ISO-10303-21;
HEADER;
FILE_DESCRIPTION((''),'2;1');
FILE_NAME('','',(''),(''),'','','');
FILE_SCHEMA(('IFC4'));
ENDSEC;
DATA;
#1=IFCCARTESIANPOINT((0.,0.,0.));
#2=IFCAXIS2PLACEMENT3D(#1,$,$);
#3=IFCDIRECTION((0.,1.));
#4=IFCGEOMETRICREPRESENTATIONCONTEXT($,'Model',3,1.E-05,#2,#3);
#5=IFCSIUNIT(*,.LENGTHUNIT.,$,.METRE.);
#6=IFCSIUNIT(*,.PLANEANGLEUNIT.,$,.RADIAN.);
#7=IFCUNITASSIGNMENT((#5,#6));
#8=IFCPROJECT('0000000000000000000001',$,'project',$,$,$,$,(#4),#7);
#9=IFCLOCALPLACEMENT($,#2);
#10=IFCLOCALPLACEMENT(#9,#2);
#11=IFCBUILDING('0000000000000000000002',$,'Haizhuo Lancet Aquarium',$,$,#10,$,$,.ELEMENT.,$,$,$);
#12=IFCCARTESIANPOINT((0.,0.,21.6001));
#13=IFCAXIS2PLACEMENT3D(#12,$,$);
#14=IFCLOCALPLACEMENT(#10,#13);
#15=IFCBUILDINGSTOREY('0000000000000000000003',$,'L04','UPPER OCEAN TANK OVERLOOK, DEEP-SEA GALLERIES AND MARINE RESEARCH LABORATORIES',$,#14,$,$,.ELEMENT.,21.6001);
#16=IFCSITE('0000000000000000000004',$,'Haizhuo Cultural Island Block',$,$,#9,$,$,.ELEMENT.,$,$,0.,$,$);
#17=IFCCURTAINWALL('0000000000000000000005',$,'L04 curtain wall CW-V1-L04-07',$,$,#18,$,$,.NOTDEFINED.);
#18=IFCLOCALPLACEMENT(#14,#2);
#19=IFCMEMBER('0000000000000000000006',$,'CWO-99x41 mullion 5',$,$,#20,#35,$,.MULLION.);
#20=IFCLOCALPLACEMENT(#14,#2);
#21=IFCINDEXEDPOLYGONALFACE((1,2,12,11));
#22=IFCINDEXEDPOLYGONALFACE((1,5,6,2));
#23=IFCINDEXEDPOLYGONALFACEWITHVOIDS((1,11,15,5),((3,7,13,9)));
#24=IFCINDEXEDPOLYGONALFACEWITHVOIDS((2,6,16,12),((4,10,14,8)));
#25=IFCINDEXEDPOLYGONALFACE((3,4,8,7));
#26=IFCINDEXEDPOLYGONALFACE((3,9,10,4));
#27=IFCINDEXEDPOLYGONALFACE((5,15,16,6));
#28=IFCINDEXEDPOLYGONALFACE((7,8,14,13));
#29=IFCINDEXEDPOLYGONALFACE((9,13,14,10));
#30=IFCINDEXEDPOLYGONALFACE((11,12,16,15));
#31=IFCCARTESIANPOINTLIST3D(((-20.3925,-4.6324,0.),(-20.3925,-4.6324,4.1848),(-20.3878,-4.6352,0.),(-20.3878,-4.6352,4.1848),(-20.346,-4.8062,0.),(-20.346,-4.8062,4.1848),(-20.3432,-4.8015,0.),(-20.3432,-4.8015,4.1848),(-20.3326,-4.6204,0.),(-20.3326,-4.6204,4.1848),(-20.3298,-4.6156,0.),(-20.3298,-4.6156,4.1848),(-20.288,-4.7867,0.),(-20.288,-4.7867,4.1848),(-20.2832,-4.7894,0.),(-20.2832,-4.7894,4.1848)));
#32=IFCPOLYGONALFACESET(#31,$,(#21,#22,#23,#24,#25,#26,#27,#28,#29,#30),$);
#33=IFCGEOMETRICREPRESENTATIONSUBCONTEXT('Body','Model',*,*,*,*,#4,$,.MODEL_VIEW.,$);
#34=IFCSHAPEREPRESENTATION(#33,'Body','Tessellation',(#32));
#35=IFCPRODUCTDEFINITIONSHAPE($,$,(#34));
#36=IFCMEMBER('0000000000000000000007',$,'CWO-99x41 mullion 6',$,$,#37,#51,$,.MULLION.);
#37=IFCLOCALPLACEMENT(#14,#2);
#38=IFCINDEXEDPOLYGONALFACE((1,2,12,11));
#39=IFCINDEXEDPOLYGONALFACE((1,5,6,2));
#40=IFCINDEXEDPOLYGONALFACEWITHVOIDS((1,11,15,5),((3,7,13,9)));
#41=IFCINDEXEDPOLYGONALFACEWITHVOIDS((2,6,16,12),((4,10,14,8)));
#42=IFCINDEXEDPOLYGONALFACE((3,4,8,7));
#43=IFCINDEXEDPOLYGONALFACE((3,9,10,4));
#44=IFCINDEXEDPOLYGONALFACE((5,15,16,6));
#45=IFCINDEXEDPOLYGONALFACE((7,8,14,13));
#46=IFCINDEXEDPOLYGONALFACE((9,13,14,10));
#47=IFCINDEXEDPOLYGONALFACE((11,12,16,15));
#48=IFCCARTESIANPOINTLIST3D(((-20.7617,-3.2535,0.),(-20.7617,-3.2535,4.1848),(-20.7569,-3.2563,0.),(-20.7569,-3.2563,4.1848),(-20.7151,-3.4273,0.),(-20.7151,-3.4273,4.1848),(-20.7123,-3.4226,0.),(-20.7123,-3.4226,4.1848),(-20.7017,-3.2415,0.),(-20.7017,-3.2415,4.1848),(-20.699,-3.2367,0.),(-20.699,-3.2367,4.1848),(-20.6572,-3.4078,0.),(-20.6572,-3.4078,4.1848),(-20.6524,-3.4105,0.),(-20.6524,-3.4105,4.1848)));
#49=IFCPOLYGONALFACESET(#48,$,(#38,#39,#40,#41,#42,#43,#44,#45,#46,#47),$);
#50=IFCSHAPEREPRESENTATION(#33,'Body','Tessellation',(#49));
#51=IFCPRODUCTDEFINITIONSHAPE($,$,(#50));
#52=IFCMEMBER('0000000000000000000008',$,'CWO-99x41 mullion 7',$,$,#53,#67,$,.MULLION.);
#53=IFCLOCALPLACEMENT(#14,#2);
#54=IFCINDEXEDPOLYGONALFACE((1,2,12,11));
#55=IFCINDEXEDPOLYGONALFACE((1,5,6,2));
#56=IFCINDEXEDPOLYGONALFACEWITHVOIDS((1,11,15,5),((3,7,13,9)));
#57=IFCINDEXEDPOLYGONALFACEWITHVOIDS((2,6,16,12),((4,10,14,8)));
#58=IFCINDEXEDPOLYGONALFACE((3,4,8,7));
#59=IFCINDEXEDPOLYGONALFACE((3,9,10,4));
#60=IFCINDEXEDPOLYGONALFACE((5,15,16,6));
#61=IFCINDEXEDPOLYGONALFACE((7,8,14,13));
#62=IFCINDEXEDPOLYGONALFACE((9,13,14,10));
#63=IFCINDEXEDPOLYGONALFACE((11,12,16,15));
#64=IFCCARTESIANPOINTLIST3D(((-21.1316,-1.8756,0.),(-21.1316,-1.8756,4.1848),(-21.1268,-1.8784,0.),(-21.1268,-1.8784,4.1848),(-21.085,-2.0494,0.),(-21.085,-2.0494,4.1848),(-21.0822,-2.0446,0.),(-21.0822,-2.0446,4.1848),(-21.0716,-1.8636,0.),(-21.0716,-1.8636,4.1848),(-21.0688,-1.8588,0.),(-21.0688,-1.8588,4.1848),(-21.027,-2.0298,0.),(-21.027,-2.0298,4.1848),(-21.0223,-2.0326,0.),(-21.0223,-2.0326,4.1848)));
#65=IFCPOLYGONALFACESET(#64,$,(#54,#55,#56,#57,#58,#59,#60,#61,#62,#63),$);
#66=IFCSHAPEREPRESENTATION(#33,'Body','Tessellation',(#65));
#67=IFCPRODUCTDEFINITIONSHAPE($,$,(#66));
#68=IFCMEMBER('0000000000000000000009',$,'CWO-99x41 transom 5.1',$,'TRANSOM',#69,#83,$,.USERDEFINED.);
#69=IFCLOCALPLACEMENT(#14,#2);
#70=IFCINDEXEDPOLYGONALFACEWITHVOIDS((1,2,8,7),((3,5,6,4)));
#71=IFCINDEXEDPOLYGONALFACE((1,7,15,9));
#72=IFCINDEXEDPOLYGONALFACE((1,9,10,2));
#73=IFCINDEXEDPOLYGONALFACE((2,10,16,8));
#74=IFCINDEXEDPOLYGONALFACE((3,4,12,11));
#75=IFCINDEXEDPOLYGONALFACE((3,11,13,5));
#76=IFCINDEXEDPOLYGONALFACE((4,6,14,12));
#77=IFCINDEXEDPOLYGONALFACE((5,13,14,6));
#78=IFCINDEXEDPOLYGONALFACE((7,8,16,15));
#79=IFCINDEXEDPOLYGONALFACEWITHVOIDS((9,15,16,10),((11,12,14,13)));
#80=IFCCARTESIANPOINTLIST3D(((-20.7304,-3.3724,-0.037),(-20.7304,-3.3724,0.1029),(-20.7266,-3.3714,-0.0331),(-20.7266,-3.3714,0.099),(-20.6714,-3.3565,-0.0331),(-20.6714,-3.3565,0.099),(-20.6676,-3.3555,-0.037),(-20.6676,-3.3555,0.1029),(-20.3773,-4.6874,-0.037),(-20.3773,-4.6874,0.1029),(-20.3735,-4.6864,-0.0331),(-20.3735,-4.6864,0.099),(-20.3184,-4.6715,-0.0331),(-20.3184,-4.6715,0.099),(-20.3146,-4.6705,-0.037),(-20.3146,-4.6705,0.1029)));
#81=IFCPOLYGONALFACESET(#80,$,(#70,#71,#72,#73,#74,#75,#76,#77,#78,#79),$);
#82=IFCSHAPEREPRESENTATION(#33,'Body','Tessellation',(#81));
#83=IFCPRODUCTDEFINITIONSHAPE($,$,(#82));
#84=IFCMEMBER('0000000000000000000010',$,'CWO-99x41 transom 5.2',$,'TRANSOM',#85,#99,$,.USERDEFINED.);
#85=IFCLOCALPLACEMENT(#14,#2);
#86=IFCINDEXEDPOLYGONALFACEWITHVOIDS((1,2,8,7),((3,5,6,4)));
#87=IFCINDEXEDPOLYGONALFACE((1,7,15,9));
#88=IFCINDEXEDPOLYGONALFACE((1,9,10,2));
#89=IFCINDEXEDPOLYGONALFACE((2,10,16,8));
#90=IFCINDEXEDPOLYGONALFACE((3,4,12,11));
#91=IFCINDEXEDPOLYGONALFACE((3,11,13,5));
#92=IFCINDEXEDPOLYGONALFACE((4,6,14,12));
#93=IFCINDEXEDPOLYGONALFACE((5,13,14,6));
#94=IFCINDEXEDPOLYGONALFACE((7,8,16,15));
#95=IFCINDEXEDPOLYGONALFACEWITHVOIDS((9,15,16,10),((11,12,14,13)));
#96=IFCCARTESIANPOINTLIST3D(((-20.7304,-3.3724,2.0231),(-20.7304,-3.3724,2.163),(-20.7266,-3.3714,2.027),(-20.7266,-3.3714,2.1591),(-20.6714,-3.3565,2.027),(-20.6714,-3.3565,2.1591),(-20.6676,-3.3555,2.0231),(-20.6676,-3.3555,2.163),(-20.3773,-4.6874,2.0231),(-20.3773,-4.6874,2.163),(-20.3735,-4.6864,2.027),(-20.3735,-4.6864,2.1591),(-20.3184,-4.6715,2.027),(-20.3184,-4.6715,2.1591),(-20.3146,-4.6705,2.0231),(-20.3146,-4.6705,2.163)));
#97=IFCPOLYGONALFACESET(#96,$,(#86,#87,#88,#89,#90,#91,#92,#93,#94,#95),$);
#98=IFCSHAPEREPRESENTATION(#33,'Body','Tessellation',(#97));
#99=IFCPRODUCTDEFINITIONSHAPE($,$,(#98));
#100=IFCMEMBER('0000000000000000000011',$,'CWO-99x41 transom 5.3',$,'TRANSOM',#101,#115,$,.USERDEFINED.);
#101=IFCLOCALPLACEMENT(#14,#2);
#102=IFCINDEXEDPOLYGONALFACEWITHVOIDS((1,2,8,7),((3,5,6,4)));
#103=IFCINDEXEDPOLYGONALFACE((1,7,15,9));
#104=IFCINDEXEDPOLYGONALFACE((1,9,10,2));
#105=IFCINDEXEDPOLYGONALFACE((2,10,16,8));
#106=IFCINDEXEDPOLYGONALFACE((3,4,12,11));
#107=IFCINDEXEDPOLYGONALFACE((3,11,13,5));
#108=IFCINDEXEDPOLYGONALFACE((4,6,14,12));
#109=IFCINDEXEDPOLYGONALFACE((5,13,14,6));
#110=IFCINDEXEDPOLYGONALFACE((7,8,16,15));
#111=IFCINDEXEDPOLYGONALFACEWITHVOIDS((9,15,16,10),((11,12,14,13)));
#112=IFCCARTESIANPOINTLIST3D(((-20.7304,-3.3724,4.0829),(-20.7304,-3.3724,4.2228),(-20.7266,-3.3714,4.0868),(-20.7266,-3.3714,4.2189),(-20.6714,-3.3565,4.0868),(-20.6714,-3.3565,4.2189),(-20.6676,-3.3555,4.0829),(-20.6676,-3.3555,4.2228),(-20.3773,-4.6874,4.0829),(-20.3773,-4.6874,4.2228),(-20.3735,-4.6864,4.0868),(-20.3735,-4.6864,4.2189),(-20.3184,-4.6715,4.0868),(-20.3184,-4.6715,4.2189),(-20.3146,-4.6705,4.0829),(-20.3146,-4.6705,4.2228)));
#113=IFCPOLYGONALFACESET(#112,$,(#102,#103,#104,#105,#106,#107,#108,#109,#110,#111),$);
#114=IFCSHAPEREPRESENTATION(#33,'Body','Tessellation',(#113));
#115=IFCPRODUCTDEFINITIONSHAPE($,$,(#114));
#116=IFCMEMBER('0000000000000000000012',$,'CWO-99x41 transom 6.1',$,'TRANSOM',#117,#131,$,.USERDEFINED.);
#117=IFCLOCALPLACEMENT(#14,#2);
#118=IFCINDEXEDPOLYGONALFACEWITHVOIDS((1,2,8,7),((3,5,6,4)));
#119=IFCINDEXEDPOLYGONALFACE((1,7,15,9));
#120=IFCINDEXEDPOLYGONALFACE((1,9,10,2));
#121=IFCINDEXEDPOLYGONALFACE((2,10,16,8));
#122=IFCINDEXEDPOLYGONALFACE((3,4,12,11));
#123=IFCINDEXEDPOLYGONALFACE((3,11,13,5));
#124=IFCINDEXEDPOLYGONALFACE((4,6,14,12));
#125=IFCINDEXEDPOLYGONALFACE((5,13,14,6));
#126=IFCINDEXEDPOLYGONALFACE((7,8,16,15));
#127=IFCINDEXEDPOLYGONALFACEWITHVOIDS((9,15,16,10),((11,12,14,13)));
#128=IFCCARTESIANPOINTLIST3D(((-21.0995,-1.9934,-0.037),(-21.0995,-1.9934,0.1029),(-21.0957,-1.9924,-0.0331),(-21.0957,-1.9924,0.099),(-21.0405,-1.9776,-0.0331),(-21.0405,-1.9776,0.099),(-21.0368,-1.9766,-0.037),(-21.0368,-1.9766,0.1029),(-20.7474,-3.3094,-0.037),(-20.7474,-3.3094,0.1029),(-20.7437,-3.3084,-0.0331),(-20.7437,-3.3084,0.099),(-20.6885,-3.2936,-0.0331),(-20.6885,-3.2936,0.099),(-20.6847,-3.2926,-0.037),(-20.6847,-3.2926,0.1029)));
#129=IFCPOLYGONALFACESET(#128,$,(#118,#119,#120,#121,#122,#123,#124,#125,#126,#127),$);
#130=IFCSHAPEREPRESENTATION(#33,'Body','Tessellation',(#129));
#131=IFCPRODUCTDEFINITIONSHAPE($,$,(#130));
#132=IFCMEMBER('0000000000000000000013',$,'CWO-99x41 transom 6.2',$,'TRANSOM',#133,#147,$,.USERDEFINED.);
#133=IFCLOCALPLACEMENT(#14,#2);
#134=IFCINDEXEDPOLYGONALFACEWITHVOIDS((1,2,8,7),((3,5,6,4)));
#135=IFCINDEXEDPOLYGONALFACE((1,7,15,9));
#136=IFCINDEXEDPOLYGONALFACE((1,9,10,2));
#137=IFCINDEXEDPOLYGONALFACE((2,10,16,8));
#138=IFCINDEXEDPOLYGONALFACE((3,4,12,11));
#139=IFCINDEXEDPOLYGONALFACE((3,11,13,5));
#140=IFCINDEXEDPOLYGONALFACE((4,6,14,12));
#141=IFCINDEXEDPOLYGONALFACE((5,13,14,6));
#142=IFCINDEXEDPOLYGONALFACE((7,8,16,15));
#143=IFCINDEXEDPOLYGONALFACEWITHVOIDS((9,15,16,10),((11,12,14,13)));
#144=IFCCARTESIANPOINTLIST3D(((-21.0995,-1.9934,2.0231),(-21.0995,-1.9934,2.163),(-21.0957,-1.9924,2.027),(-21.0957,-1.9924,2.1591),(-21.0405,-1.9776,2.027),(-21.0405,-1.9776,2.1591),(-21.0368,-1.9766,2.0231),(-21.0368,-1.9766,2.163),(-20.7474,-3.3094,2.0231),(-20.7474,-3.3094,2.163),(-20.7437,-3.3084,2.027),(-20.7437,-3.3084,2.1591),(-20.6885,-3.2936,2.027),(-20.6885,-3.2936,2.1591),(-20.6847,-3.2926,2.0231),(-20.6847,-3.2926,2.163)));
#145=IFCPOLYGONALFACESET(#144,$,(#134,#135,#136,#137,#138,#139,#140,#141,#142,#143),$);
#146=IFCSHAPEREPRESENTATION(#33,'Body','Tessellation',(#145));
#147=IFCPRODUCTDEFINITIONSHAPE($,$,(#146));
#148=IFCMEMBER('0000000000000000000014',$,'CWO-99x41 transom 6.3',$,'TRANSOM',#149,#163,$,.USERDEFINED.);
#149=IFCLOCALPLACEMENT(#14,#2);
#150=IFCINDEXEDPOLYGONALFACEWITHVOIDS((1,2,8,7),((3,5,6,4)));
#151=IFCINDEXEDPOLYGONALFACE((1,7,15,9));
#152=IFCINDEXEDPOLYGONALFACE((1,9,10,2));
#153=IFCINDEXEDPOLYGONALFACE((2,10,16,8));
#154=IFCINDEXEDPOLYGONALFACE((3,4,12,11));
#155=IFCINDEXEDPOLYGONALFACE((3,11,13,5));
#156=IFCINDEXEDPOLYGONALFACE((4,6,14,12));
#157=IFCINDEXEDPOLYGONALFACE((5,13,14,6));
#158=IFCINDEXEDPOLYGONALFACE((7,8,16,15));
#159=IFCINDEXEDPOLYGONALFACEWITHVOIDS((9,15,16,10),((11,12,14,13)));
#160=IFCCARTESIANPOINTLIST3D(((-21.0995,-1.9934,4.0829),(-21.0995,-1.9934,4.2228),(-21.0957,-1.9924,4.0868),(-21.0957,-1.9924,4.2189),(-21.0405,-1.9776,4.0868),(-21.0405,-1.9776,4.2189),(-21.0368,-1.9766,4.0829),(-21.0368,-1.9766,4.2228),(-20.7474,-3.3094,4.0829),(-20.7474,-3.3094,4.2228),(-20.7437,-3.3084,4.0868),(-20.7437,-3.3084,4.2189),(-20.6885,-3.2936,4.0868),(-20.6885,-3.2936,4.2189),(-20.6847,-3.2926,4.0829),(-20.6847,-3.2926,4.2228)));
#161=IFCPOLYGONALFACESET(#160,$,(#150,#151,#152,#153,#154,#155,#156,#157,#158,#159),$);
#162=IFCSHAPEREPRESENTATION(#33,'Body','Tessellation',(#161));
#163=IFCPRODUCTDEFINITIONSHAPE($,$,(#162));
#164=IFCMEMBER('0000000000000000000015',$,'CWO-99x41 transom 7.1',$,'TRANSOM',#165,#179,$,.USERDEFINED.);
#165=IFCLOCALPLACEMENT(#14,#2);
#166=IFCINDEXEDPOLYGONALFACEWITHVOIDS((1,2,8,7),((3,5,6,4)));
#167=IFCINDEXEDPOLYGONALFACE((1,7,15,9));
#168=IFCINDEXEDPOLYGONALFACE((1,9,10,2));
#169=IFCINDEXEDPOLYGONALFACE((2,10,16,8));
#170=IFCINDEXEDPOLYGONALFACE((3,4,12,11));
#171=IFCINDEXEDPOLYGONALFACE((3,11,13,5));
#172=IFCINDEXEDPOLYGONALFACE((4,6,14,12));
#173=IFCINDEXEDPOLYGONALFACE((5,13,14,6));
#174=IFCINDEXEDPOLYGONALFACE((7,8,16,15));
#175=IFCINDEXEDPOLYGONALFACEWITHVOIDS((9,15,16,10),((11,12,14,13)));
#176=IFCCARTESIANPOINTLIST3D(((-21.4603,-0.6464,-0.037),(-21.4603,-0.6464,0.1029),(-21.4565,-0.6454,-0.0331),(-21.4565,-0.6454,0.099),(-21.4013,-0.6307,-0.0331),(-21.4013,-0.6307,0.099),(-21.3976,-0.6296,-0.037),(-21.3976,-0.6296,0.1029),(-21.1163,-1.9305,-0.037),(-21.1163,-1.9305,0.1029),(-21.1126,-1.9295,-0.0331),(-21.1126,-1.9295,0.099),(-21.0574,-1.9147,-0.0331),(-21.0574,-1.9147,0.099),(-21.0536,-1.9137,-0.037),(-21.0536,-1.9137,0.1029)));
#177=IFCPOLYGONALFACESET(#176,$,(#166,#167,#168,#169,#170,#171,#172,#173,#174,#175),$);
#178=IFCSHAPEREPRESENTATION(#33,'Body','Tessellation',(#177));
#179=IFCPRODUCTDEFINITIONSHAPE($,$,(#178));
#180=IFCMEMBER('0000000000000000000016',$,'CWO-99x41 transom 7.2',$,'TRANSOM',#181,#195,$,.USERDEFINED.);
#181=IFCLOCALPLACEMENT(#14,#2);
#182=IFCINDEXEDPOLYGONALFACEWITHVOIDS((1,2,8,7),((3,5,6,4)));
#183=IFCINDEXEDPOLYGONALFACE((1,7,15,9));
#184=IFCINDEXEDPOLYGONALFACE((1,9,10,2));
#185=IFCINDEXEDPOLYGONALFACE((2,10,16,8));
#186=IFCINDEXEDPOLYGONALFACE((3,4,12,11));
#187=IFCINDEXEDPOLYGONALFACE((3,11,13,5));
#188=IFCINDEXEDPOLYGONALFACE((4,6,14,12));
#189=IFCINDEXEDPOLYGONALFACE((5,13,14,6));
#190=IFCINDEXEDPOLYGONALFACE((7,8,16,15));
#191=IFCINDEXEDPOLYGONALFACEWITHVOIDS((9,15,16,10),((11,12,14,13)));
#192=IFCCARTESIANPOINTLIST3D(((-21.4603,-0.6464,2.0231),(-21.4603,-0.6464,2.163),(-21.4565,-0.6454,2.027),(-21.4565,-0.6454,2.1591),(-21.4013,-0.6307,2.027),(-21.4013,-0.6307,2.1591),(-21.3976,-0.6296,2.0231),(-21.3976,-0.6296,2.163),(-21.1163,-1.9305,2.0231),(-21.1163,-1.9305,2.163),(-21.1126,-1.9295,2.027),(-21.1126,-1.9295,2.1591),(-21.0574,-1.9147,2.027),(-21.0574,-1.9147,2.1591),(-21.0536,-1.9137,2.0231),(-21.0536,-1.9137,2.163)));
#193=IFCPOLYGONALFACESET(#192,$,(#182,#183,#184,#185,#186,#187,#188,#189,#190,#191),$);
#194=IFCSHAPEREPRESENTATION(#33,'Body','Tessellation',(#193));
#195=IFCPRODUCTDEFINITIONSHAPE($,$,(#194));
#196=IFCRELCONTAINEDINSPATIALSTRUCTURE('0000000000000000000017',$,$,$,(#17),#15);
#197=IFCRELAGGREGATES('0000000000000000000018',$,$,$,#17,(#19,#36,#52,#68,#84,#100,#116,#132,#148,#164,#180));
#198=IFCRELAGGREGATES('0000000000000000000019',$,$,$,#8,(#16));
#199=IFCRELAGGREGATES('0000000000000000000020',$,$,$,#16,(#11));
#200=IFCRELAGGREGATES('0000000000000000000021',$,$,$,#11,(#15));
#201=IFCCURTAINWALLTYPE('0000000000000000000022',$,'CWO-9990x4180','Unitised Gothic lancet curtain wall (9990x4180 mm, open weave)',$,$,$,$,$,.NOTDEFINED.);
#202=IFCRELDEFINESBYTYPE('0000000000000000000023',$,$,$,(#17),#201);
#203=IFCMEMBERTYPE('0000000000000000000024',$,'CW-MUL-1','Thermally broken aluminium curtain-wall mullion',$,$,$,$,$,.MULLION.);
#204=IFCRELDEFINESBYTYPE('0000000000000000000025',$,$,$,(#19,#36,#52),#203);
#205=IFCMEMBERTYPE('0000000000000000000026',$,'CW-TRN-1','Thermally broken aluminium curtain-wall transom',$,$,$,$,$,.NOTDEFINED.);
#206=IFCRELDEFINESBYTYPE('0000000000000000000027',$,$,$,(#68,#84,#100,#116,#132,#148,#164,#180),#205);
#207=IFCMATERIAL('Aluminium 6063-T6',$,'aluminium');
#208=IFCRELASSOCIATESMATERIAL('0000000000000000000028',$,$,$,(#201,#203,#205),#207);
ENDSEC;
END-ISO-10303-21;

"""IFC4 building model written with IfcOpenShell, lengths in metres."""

from ifc_helpers import new_model, si_unit, direction, frame, origin, origin_2d, place, context, subcontext, project, spatial, hollow_rectangle, extrude, material, material_profile, profile_set, type_object, element, aggregate, save


model = new_model("IFC4")

# Units and contexts
model_context = context("Model", 3, precision=1e-05, world=origin(), true_north=direction((0.0, 1.0)))
body_context = subcontext(model_context, "Body", "Model", "MODEL_VIEW")
ifc_project = project(units=[si_unit("LENGTHUNIT", "METRE"), si_unit("PLANEANGLEUNIT", "RADIAN")], contexts=[model_context])

# Site, building, storey
site_placement = place(None, origin())
site = spatial("IfcSite", under=ifc_project, at=site_placement, Name="Haizhuo Cultural Island Block", CompositionType="ELEMENT", RefElevation=0.0)
building_placement = place(site_placement, origin())
building = spatial("IfcBuilding", under=site, at=building_placement, Name="Haizhuo Lancet Aquarium", CompositionType="ELEMENT")
storey_placement = place(building_placement, frame((0.0, 0.0, 21.6001)))
storey = spatial("IfcBuildingStorey", under=building, at=storey_placement, Name="L04", Description="UPPER OCEAN TANK OVERLOOK, DEEP-SEA GALLERIES AND MARINE RESEARCH LABORATORIES", CompositionType="ELEMENT", Elevation=21.6001)

# Curtain wall, members
ifc_material_1 = material(Name="Aluminium 6063-T6", Category="aluminium")
curtain_wall_type = type_object("IfcCurtainWallType", Name="CWO-9990x4180", Description="Unitised Gothic lancet curtain wall (9990x4180 mm, open weave)", PredefinedType="NOTDEFINED", material=ifc_material_1)
curtain_wall_placement = place(storey_placement, origin())
curtain_wall = element("IfcCurtainWall", 1, at=curtain_wall_placement, inside=storey, type_object=curtain_wall_type, Name="L04 curtain wall CW-V1-L04-07", PredefinedType="NOTDEFINED")
ifc_material_profile_1 = material_profile(ifc_material_1, hollow_rectangle(XDim=0.0649, YDim=0.1799, WallThickness=0.0039, at=origin_2d()), Name="ALU-M 65x180x4")
ifc_profile_set_1 = profile_set([ifc_material_profile_1], Name="Aluminium 6063-T6")
member_type_1 = type_object("IfcMemberType", Name="CW-MUL-1", Description="Thermally broken aluminium curtain-wall mullion", PredefinedType="MULLION", material=ifc_profile_set_1)
member_1_placement = place(storey_placement, frame((-20.3379, -4.7109, 0.0), z_axis=(0.0, 0.0, 1.0), x_axis=(-0.965917, -0.258853, 0.0)))
member_1 = element("IfcMember", 2, at=member_1_placement, type_object=member_type_1, Name="CWO-99x41 mullion 5", PredefinedType="MULLION", context=body_context, shape_type="SweptSolid", body=[
    extrude(hollow_rectangle(XDim=0.0649, YDim=0.1799, WallThickness=0.0039, at=origin_2d()), origin(), (0.0, 0.0, 1.0), 4.1848),
])
member_2_placement = place(storey_placement, frame((-20.707, -3.332, 0.0), z_axis=(0.0, 0.0, 1.0), x_axis=(-0.965917, -0.258853, 0.0)))
member_2 = element("IfcMember", 3, at=member_2_placement, type_object=member_type_1, Name="CWO-99x41 mullion 6", PredefinedType="MULLION", context=body_context, shape_type="SweptSolid", body=[
    extrude(hollow_rectangle(XDim=0.0649, YDim=0.1799, WallThickness=0.0039, at=origin_2d()), origin(), (0.0, 0.0, 1.0), 4.1848),
])
member_3_placement = place(storey_placement, frame((-21.0769, -1.9541, 0.0), z_axis=(0.0, 0.0, 1.0), x_axis=(-0.965917, -0.258853, 0.0)))
member_3 = element("IfcMember", 4, at=member_3_placement, type_object=member_type_1, Name="CWO-99x41 mullion 7", PredefinedType="MULLION", context=body_context, shape_type="SweptSolid", body=[
    extrude(hollow_rectangle(XDim=0.0649, YDim=0.1799, WallThickness=0.0039, at=origin_2d()), origin(), (0.0, 0.0, 1.0), 4.1848),
])
ifc_material_profile_2 = material_profile(ifc_material_1, hollow_rectangle(XDim=0.0649, YDim=0.1399, WallThickness=0.0039, at=origin_2d()), Name="ALU-T 65x140x4")
ifc_profile_set_2 = profile_set([ifc_material_profile_2], Name="Aluminium 6063-T6")
member_type_2 = type_object("IfcMemberType", Name="CW-TRN-1", Description="Thermally broken aluminium curtain-wall transom", PredefinedType="NOTDEFINED", material=ifc_profile_set_2)
member_4_placement = place(storey_placement, frame((-20.3459, -4.679, 0.033), z_axis=(-0.259292, 0.965799, 0.0), x_axis=(-0.965799, -0.259292, 0.0)))
member_4 = element("IfcMember", 5, at=member_4_placement, type_object=member_type_2, Name="CWO-99x41 transom 5.1", ObjectType="TRANSOM", PredefinedType="USERDEFINED", context=body_context, shape_type="SweptSolid", body=[
    extrude(hollow_rectangle(XDim=0.0649, YDim=0.1399, WallThickness=0.0039, at=origin_2d()), origin(), (0.0, 0.0, 1.0), 1.3616),
])
member_5_placement = place(storey_placement, frame((-20.3459, -4.679, 2.093), z_axis=(-0.259292, 0.965799, 0.0), x_axis=(-0.965799, -0.259292, 0.0)))
member_5 = element("IfcMember", 6, at=member_5_placement, type_object=member_type_2, Name="CWO-99x41 transom 5.2", ObjectType="TRANSOM", PredefinedType="USERDEFINED", context=body_context, shape_type="SweptSolid", body=[
    extrude(hollow_rectangle(XDim=0.0649, YDim=0.1399, WallThickness=0.0039, at=origin_2d()), origin(), (0.0, 0.0, 1.0), 1.3616),
])
member_6_placement = place(storey_placement, frame((-20.3459, -4.679, 4.1528), z_axis=(-0.259292, 0.965799, 0.0), x_axis=(-0.965799, -0.259292, 0.0)))
member_6 = element("IfcMember", 7, at=member_6_placement, type_object=member_type_2, Name="CWO-99x41 transom 5.3", ObjectType="TRANSOM", PredefinedType="USERDEFINED", context=body_context, shape_type="SweptSolid", body=[
    extrude(hollow_rectangle(XDim=0.0649, YDim=0.1399, WallThickness=0.0039, at=origin_2d()), origin(), (0.0, 0.0, 1.0), 1.3616),
])
member_7_placement = place(storey_placement, frame((-20.7161, -3.301, 0.033), z_axis=(-0.258443, 0.966026, 0.0), x_axis=(-0.966026, -0.258443, 0.0)))
member_7 = element("IfcMember", 8, at=member_7_placement, type_object=member_type_2, Name="CWO-99x41 transom 6.1", ObjectType="TRANSOM", PredefinedType="USERDEFINED", context=body_context, shape_type="SweptSolid", body=[
    extrude(hollow_rectangle(XDim=0.0649, YDim=0.1399, WallThickness=0.0039, at=origin_2d()), origin(), (0.0, 0.0, 1.0), 1.3623),
])
member_8_placement = place(storey_placement, frame((-20.7161, -3.301, 2.093), z_axis=(-0.258443, 0.966026, 0.0), x_axis=(-0.966026, -0.258443, 0.0)))
member_8 = element("IfcMember", 9, at=member_8_placement, type_object=member_type_2, Name="CWO-99x41 transom 6.2", ObjectType="TRANSOM", PredefinedType="USERDEFINED", context=body_context, shape_type="SweptSolid", body=[
    extrude(hollow_rectangle(XDim=0.0649, YDim=0.1399, WallThickness=0.0039, at=origin_2d()), origin(), (0.0, 0.0, 1.0), 1.3623),
])
member_9_placement = place(storey_placement, frame((-20.7161, -3.301, 4.1528), z_axis=(-0.258443, 0.966026, 0.0), x_axis=(-0.966026, -0.258443, 0.0)))
member_9 = element("IfcMember", 10, at=member_9_placement, type_object=member_type_2, Name="CWO-99x41 transom 6.3", ObjectType="TRANSOM", PredefinedType="USERDEFINED", context=body_context, shape_type="SweptSolid", body=[
    extrude(hollow_rectangle(XDim=0.0649, YDim=0.1399, WallThickness=0.0039, at=origin_2d()), origin(), (0.0, 0.0, 1.0), 1.3623),
])
member_10_placement = place(storey_placement, frame((-21.085, -1.9221, 0.033), z_axis=(-0.258748, 0.965945, 0.0), x_axis=(-0.965945, -0.258748, 0.0)))
member_10 = element("IfcMember", 11, at=member_10_placement, type_object=member_type_2, Name="CWO-99x41 transom 7.1", ObjectType="TRANSOM", PredefinedType="USERDEFINED", context=body_context, shape_type="SweptSolid", body=[
    extrude(hollow_rectangle(XDim=0.0649, YDim=0.1399, WallThickness=0.0039, at=origin_2d()), origin(), (0.0, 0.0, 1.0), 1.3293),
])
member_11_placement = place(storey_placement, frame((-21.085, -1.9221, 2.093), z_axis=(-0.258748, 0.965945, 0.0), x_axis=(-0.965945, -0.258748, 0.0)))
member_11 = element("IfcMember", 12, at=member_11_placement, type_object=member_type_2, Name="CWO-99x41 transom 7.2", ObjectType="TRANSOM", PredefinedType="USERDEFINED", context=body_context, shape_type="SweptSolid", body=[
    extrude(hollow_rectangle(XDim=0.0649, YDim=0.1399, WallThickness=0.0039, at=origin_2d()), origin(), (0.0, 0.0, 1.0), 1.3293),
])

aggregate(curtain_wall, [member_1, member_2, member_3, member_4, member_5, member_6, member_7, member_8, member_9, member_10, member_11])

save(model, "model.ifc")
